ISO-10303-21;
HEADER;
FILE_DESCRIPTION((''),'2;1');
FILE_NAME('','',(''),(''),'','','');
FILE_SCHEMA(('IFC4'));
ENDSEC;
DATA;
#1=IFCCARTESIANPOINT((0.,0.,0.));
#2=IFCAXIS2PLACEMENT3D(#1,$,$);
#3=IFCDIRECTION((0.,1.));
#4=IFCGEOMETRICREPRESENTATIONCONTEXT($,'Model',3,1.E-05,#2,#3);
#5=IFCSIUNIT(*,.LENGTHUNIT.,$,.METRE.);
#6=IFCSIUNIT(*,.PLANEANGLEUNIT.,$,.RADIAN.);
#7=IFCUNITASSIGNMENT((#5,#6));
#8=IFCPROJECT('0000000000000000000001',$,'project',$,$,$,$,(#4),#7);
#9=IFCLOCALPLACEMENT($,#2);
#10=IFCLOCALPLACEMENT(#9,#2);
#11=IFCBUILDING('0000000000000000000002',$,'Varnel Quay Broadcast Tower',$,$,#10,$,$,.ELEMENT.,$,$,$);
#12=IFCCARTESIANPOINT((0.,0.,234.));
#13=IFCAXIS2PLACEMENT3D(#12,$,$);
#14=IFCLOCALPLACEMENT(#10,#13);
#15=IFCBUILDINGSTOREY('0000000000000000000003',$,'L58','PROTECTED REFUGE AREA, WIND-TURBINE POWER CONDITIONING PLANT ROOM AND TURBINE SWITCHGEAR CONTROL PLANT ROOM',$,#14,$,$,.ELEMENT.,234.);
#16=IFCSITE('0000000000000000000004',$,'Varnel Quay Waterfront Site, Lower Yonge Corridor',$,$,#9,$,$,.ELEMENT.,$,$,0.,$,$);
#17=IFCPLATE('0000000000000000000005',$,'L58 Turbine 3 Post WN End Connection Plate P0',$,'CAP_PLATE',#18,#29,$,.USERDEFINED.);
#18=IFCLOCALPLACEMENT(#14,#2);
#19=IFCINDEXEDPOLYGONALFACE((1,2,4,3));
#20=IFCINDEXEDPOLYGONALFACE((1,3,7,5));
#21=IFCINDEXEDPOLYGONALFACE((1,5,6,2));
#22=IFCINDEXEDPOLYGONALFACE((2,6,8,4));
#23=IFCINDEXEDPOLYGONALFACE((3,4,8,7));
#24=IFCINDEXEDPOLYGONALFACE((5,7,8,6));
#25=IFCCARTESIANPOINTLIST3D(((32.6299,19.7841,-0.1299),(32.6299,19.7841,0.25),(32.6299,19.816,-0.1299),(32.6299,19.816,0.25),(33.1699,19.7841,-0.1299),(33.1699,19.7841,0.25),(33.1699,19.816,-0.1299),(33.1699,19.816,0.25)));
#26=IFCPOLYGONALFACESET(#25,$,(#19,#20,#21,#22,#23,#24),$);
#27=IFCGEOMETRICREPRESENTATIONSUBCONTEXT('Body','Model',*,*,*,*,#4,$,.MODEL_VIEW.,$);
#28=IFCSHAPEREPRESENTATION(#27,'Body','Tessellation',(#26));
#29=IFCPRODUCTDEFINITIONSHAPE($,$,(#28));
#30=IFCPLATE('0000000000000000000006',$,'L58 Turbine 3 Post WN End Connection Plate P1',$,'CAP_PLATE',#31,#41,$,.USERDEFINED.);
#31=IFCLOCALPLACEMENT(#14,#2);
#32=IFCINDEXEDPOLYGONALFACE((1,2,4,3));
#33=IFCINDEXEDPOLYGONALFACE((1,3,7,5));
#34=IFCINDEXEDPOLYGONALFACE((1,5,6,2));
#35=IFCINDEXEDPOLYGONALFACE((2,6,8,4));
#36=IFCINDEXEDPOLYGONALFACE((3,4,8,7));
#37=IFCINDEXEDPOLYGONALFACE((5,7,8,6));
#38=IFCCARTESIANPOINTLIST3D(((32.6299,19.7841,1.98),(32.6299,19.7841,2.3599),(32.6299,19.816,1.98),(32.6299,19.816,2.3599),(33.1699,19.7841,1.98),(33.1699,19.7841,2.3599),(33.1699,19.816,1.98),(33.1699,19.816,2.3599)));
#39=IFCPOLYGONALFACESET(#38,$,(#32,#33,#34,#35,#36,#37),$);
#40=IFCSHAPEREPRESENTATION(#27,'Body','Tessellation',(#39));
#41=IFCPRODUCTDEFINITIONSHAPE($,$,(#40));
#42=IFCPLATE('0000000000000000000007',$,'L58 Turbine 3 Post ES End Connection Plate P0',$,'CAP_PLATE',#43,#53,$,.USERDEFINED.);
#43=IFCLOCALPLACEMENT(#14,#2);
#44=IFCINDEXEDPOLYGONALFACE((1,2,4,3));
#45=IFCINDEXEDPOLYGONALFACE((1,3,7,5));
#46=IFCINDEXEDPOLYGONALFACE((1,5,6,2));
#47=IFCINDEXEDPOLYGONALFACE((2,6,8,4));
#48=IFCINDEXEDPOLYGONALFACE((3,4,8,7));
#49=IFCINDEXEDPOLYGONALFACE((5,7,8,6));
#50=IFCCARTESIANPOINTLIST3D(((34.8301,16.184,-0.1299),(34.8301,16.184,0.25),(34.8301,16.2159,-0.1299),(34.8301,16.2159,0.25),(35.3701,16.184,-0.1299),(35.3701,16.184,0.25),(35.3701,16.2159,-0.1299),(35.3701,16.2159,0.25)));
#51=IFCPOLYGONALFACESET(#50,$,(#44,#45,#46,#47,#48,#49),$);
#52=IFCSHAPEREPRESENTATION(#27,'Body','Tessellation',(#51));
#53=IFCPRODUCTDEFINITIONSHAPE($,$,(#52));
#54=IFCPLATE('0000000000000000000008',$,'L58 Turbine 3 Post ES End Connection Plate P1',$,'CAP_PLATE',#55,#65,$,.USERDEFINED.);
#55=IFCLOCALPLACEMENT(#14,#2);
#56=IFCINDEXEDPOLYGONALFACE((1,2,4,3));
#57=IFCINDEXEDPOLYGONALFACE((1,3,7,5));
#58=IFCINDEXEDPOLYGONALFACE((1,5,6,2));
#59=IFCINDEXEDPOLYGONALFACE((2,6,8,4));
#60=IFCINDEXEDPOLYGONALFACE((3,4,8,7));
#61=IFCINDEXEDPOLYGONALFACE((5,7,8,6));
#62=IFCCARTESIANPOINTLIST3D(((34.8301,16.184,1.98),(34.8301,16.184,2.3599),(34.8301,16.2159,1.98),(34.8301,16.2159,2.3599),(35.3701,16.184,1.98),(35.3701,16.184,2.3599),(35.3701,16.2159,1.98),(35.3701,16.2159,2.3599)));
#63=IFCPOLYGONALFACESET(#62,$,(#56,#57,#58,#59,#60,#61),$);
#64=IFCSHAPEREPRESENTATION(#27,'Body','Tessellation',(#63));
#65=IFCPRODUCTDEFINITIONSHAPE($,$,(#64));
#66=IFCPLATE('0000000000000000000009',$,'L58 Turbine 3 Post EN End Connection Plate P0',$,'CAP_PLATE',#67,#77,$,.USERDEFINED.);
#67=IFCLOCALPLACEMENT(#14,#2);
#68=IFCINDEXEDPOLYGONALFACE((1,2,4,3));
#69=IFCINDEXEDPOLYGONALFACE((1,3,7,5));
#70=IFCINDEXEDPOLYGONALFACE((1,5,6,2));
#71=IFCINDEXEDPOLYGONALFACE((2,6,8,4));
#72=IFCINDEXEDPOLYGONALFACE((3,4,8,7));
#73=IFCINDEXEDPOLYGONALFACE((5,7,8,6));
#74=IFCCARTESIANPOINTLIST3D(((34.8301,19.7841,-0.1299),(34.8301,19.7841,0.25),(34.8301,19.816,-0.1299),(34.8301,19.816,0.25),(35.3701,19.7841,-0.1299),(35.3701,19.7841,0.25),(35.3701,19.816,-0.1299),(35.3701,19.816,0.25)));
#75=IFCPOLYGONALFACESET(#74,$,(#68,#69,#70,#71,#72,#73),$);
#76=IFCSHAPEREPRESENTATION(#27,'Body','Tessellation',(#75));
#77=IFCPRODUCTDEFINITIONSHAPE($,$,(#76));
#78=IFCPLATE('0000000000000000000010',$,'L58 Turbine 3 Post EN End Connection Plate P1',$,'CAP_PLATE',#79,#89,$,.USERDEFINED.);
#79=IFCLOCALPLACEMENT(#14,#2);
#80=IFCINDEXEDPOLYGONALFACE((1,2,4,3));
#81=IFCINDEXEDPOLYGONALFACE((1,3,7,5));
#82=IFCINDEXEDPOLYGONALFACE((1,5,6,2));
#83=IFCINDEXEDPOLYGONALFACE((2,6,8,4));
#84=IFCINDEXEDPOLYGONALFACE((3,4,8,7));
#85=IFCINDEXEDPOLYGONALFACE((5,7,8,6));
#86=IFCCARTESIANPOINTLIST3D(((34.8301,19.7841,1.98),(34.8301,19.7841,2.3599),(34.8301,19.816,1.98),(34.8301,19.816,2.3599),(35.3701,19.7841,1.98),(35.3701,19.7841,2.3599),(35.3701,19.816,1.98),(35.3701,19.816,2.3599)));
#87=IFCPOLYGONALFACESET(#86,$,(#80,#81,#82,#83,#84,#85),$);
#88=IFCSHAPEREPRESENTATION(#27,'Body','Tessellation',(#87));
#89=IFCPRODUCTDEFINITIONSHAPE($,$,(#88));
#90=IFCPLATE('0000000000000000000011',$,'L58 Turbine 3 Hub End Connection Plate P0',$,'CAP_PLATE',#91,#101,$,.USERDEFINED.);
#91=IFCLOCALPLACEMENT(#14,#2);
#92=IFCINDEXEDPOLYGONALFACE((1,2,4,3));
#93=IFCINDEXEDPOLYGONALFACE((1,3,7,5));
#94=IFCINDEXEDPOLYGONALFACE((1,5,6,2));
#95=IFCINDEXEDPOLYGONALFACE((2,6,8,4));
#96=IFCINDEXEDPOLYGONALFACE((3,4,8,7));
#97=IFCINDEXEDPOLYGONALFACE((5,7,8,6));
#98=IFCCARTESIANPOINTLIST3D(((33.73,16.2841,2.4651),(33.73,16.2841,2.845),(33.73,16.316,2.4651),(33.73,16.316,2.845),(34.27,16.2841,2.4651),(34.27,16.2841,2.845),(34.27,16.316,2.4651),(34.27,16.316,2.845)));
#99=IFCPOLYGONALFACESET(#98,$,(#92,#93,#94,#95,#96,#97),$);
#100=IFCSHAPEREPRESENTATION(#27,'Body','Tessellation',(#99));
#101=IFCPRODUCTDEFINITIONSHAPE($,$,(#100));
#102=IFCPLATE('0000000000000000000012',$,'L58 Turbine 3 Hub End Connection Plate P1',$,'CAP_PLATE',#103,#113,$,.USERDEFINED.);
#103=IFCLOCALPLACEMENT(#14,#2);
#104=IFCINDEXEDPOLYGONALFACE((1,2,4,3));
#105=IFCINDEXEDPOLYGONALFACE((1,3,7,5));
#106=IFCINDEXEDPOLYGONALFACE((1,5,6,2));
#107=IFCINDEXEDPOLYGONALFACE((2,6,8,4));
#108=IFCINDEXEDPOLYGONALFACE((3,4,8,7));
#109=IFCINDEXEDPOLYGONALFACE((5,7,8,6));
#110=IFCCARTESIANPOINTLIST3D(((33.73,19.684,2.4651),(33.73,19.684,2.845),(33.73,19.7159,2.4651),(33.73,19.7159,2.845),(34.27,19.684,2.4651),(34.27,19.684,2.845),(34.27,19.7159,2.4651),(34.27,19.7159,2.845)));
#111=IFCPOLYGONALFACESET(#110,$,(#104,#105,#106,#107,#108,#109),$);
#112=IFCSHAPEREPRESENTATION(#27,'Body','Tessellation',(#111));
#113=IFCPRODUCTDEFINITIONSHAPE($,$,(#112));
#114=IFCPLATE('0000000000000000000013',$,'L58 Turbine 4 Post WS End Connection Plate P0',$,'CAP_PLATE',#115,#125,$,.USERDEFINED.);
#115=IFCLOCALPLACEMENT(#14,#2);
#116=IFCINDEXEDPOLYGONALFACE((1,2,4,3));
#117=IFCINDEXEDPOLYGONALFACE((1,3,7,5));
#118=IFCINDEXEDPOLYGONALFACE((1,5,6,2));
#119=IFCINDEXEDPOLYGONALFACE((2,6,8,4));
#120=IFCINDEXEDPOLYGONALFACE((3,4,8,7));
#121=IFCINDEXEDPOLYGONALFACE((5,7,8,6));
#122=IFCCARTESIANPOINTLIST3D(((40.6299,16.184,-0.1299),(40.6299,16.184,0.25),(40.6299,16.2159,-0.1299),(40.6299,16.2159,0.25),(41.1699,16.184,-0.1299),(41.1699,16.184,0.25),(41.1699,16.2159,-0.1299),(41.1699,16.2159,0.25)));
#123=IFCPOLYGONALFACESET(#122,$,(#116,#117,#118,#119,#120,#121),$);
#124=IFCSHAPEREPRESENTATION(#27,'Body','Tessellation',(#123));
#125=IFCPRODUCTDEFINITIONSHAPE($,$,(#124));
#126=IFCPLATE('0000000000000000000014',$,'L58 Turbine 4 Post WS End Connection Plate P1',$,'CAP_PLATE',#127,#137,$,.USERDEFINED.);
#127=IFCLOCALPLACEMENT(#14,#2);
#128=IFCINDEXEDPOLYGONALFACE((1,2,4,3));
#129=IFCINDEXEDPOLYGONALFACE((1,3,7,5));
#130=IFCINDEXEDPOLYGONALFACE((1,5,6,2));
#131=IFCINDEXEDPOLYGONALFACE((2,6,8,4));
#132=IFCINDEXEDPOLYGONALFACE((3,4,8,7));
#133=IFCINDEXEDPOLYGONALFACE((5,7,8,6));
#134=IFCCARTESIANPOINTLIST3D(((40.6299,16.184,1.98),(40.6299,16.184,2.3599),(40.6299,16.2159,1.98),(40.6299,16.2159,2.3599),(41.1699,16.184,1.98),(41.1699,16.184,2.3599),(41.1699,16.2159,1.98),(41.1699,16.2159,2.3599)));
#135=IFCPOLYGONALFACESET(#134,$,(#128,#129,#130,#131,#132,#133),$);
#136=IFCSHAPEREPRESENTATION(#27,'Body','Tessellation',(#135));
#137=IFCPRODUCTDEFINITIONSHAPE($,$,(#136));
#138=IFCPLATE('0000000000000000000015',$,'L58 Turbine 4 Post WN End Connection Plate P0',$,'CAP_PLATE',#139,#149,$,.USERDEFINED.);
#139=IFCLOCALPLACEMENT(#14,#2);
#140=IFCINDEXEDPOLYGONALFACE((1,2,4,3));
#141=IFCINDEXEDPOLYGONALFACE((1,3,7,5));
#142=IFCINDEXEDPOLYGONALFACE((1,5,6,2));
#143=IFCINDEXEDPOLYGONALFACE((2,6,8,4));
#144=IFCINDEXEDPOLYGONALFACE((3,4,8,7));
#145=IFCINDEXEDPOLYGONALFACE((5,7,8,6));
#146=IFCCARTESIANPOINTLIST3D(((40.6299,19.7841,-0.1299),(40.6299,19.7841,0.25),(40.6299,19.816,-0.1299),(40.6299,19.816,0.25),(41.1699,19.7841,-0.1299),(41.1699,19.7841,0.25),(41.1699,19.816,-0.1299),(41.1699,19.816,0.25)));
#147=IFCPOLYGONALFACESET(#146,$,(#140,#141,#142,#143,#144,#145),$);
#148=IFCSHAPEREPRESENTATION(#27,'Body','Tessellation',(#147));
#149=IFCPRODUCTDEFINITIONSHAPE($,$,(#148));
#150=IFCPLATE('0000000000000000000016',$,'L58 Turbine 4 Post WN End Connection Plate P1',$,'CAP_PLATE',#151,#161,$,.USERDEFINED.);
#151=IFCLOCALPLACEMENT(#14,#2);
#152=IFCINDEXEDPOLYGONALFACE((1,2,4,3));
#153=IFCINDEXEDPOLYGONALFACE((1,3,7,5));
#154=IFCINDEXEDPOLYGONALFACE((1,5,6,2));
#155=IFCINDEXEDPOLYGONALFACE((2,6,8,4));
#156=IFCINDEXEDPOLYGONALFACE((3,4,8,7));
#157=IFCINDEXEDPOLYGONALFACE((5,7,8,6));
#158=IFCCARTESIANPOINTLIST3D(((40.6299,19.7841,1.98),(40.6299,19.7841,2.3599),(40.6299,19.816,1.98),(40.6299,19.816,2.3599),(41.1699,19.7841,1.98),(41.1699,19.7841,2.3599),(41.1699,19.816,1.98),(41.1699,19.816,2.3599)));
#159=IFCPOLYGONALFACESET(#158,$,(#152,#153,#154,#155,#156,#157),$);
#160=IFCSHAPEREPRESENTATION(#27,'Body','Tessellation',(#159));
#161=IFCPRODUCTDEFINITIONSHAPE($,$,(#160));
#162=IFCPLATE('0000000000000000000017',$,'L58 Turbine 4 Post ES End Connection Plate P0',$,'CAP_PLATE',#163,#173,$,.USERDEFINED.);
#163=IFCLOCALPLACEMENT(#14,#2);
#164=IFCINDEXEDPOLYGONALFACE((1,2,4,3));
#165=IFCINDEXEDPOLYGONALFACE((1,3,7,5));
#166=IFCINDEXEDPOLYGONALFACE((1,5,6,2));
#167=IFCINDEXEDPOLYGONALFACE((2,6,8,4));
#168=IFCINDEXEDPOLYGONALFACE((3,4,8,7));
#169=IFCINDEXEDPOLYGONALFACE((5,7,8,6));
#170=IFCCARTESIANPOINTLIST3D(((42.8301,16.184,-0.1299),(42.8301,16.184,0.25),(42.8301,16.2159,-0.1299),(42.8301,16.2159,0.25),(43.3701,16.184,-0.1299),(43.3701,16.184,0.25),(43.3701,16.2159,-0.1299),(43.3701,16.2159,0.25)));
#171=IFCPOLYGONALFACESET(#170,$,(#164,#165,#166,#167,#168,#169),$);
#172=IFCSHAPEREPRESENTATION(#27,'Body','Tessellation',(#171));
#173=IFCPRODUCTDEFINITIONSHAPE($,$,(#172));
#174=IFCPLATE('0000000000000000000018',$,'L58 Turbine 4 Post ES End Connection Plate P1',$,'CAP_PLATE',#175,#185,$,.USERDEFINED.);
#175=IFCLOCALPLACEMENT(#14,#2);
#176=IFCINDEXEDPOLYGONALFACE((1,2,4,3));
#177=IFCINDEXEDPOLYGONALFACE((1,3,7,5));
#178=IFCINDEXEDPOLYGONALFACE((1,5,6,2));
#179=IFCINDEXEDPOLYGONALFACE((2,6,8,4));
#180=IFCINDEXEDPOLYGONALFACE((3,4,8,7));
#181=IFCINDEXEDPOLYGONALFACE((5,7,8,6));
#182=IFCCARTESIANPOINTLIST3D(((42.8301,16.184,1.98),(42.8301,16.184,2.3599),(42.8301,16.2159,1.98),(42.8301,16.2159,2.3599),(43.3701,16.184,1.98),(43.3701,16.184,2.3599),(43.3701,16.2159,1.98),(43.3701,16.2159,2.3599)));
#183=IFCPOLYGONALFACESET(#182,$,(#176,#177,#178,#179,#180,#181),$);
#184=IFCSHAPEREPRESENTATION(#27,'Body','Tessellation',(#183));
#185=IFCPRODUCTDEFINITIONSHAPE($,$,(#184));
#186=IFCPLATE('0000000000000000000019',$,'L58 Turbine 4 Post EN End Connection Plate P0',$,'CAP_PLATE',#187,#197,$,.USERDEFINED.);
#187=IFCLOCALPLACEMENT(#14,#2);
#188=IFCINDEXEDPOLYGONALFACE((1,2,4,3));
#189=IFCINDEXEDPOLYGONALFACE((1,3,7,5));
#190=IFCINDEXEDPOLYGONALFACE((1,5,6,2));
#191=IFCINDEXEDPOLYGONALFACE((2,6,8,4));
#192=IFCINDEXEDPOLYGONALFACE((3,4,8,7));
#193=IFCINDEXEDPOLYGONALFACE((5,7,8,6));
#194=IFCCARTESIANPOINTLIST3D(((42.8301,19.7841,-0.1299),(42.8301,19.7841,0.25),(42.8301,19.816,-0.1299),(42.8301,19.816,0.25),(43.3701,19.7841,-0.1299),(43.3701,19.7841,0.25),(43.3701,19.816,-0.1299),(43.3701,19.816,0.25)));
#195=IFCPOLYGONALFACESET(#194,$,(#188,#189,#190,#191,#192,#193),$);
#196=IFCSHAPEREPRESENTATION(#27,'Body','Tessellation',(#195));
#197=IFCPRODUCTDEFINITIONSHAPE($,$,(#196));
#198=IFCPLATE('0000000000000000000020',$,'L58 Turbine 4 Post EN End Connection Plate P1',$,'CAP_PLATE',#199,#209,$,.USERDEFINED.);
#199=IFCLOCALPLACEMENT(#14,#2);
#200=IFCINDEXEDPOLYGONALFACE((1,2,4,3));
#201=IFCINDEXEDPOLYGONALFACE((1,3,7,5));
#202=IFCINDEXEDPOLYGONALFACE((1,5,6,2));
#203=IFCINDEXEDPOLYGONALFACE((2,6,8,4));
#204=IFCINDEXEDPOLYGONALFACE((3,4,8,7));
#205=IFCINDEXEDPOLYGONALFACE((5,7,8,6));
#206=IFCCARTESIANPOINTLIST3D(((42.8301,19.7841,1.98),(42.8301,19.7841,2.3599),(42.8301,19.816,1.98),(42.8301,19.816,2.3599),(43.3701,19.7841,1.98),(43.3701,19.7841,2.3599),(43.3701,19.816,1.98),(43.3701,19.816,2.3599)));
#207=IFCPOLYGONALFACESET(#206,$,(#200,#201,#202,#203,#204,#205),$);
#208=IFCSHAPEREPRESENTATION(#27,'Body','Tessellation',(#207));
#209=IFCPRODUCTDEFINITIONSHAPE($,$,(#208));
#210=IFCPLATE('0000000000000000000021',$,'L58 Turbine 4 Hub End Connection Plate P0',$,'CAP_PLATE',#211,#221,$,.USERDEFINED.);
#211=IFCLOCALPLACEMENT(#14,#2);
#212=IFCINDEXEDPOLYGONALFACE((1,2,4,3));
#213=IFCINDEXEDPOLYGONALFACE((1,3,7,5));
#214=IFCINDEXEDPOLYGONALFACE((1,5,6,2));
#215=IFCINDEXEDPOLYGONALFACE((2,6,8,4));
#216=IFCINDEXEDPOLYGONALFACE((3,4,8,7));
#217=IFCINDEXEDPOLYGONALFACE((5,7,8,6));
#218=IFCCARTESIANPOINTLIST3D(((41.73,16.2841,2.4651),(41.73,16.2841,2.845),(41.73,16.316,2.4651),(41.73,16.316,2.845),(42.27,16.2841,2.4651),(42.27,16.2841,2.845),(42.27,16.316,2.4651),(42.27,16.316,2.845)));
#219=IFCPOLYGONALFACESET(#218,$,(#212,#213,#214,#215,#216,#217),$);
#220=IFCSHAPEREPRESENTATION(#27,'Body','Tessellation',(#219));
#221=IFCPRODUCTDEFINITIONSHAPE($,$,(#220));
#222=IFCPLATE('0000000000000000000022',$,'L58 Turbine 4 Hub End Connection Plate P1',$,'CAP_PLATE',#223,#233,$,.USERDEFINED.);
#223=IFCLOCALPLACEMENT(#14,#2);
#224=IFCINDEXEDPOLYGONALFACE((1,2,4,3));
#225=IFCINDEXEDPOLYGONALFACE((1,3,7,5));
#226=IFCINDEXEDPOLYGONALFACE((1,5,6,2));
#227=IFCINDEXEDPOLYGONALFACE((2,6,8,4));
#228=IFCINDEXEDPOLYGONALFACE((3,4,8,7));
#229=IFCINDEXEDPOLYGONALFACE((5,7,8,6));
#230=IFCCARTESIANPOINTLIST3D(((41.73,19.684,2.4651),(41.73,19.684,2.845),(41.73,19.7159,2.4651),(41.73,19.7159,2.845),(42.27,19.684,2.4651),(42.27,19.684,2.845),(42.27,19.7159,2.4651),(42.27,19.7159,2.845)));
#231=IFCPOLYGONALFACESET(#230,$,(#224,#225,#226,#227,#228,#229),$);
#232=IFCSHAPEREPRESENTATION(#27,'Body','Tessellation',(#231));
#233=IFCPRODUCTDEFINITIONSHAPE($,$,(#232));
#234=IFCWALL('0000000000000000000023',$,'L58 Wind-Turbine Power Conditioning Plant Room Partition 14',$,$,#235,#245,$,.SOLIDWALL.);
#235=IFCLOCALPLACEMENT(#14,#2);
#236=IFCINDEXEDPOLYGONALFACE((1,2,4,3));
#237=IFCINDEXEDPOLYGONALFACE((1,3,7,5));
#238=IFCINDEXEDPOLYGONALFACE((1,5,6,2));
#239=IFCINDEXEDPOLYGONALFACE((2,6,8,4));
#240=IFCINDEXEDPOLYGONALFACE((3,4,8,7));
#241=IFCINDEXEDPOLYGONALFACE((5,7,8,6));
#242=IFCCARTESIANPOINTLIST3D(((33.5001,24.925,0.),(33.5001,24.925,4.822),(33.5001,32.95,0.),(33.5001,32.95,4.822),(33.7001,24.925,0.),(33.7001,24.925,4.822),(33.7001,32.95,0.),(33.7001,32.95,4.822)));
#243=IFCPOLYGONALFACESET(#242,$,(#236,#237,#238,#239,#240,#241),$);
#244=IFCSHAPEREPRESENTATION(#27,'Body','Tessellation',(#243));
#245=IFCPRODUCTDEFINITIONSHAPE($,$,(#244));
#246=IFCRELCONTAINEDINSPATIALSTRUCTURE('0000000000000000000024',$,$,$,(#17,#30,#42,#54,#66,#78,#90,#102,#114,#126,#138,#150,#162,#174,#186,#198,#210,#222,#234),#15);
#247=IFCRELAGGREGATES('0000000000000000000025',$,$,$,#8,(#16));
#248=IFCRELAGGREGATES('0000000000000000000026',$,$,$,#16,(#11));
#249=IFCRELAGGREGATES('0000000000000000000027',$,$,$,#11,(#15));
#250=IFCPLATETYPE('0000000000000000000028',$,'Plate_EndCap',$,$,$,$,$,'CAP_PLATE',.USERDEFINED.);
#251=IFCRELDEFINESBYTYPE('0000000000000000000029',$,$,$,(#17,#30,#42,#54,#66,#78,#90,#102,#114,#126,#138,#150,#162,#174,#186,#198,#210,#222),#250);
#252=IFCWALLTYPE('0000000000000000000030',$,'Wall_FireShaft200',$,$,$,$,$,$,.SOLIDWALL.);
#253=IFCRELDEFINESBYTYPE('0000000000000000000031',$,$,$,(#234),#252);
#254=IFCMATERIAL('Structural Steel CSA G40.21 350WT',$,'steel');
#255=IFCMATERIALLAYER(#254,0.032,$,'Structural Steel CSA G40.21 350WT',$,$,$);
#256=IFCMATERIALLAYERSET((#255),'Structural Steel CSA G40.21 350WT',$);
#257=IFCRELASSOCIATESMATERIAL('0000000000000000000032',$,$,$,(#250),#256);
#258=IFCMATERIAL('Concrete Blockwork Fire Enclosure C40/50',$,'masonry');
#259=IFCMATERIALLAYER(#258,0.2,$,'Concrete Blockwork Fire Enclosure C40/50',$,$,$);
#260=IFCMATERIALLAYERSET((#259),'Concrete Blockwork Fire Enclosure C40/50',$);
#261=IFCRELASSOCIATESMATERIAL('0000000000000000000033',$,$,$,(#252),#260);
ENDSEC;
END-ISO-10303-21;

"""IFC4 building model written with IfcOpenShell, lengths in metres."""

from ifc_helpers import new_model, si_unit, direction, frame, frame_2d, origin, origin_2d, place, context, subcontext, project, spatial, rectangle, extrude, source, transform, mapped, material, layer, layer_set, type_object, type_shapes, element, save


model = new_model("IFC4")

# Units and contexts
model_context = context("Model", 3, precision=1e-05, world=origin(), true_north=direction((0.0, 1.0)))
body_context = subcontext(model_context, "Body", "Model", "MODEL_VIEW")
ifc_project = project(units=[si_unit("LENGTHUNIT", "METRE"), si_unit("PLANEANGLEUNIT", "RADIAN")], contexts=[model_context])

# Site, building, storey
site_placement = place(None, origin())
site = spatial("IfcSite", under=ifc_project, at=site_placement, Name="Varnel Quay Waterfront Site, Lower Yonge Corridor", CompositionType="ELEMENT", RefElevation=0.0)
building_placement = place(site_placement, origin())
building = spatial("IfcBuilding", under=site, at=building_placement, Name="Varnel Quay Broadcast Tower", CompositionType="ELEMENT")
storey_placement = place(building_placement, frame((0.0, 0.0, 234.0)))
storey = spatial("IfcBuildingStorey", under=building, at=storey_placement, Name="L58", Description="PROTECTED REFUGE AREA, WIND-TURBINE POWER CONDITIONING PLANT ROOM AND TURBINE SWITCHGEAR CONTROL PLANT ROOM", CompositionType="ELEMENT", Elevation=234.0)

# Plates
ifc_material_1 = material(Name="Structural Steel CSA G40.21 350WT", Category="steel")
ifc_layer_1 = layer(ifc_material_1, 0.032, Name="Structural Steel CSA G40.21 350WT")
ifc_layer_set_1 = layer_set([ifc_layer_1], Name="Structural Steel CSA G40.21 350WT")
plate_type = type_object("IfcPlateType", Name="Plate_EndCap", ElementType="CAP_PLATE", PredefinedType="USERDEFINED", material=ifc_layer_set_1)
shared_shape_1 = source(origin(), body_context, "Body", "SweptSolid", [
    extrude(rectangle(XDim=0.54, YDim=0.032, at=origin_2d()), origin(), (0.0, 0.0, 1.0), 0.3799),
])
type_shapes(plate_type, [shared_shape_1])
for number, where, z_axis, x_axis, name in (
    (1, (32.8999, 19.8, -0.1299), (0.0, 0.0, 1.0), (1.0, 0.0, 0.0), "L58 Turbine 3 Post WN End Connection Plate P0"),
    (2, (32.8999, 19.8, 1.98), (0.0, 0.0, 1.0), (1.0, 0.0, 0.0), "L58 Turbine 3 Post WN End Connection Plate P1"),
    (3, (35.1001, 16.2, -0.1299), (0.0, 0.0, 1.0), (1.0, 0.0, 0.0), "L58 Turbine 3 Post ES End Connection Plate P0"),
    (4, (35.1001, 16.2, 1.98), (0.0, 0.0, 1.0), (1.0, 0.0, 0.0), "L58 Turbine 3 Post ES End Connection Plate P1"),
    (5, (35.1001, 19.8, -0.1299), (0.0, 0.0, 1.0), (1.0, 0.0, 0.0), "L58 Turbine 3 Post EN End Connection Plate P0"),
    (6, (35.1001, 19.8, 1.98), (0.0, 0.0, 1.0), (1.0, 0.0, 0.0), "L58 Turbine 3 Post EN End Connection Plate P1"),
    (7, (34.0, 16.3, 2.4651), (0.0, 0.0, 1.0), (1.0, 0.0, 0.0), "L58 Turbine 3 Hub End Connection Plate P0"),
    (8, (34.0, 19.7, 2.4651), (0.0, 0.0, 1.0), (1.0, 0.0, 0.0), "L58 Turbine 3 Hub End Connection Plate P1"),
    (9, (40.8999, 16.2, -0.1299), (0.0, 0.0, 1.0), (1.0, 0.0, 0.0), "L58 Turbine 4 Post WS End Connection Plate P0"),
    (10, (40.8999, 16.2, 1.98), (0.0, 0.0, 1.0), (1.0, 0.0, 0.0), "L58 Turbine 4 Post WS End Connection Plate P1"),
    (11, (40.8999, 19.8, -0.1299), (0.0, 0.0, 1.0), (1.0, 0.0, 0.0), "L58 Turbine 4 Post WN End Connection Plate P0"),
    (12, (40.8999, 19.8, 1.98), (0.0, 0.0, 1.0), (1.0, 0.0, 0.0), "L58 Turbine 4 Post WN End Connection Plate P1"),
    (13, (43.1001, 16.2, -0.1299), (0.0, 0.0, 1.0), (1.0, 0.0, 0.0), "L58 Turbine 4 Post ES End Connection Plate P0"),
    (14, (43.1001, 16.2, 1.98), (0.0, 0.0, 1.0), (1.0, 0.0, 0.0), "L58 Turbine 4 Post ES End Connection Plate P1"),
    (15, (43.1001, 19.8, -0.1299), (0.0, 0.0, 1.0), (1.0, 0.0, 0.0), "L58 Turbine 4 Post EN End Connection Plate P0"),
    (16, (43.1001, 19.8, 1.98), (0.0, 0.0, 1.0), (1.0, 0.0, 0.0), "L58 Turbine 4 Post EN End Connection Plate P1"),
    (17, (42.0, 16.3, 2.4651), (0.0, 0.0, 1.0), (1.0, 0.0, 0.0), "L58 Turbine 4 Hub End Connection Plate P0"),
    (18, (42.0, 19.7, 2.4651), (0.0, 0.0, 1.0), (1.0, 0.0, 0.0), "L58 Turbine 4 Hub End Connection Plate P1"),
):
    element("IfcPlate", number, at=place(storey_placement, frame(where, z_axis=z_axis, x_axis=x_axis)), inside=storey, type_object=plate_type, Name=name, ObjectType="CAP_PLATE", PredefinedType="USERDEFINED", context=body_context, shape_type="MappedRepresentation", body=[
        mapped(shared_shape_1, transform((0.0, 0.0, 0.0), x_axis=(1.0, 0.0, 0.0), y_axis=(0.0, 1.0, 0.0), z_axis=(0.0, 0.0, 1.0), scale=1.0)),
    ])

# Wall
ifc_material_2 = material(Name="Concrete Blockwork Fire Enclosure C40/50", Category="masonry")
ifc_layer_2 = layer(ifc_material_2, 0.2, Name="Concrete Blockwork Fire Enclosure C40/50")
ifc_layer_set_2 = layer_set([ifc_layer_2], Name="Concrete Blockwork Fire Enclosure C40/50")
wall_type = type_object("IfcWallType", Name="Wall_FireShaft200", PredefinedType="SOLIDWALL", material=ifc_layer_set_2)
wall_placement = place(storey_placement, frame((33.6001, 24.925, 0.0), z_axis=(0.0, 0.0, 1.0), x_axis=(0.0, 1.0, 0.0)))
element("IfcWall", 19, at=wall_placement, inside=storey, type_object=wall_type, Name="L58 Wind-Turbine Power Conditioning Plant Room Partition 14", PredefinedType="SOLIDWALL", context=body_context, shape_type="SweptSolid", body=[
    extrude(rectangle(XDim=8.0249, YDim=0.2, at=frame_2d((4.0125, 0.0))), origin(), (0.0, 0.0, 1.0), 4.822),
])

save(model, "model.ifc")
